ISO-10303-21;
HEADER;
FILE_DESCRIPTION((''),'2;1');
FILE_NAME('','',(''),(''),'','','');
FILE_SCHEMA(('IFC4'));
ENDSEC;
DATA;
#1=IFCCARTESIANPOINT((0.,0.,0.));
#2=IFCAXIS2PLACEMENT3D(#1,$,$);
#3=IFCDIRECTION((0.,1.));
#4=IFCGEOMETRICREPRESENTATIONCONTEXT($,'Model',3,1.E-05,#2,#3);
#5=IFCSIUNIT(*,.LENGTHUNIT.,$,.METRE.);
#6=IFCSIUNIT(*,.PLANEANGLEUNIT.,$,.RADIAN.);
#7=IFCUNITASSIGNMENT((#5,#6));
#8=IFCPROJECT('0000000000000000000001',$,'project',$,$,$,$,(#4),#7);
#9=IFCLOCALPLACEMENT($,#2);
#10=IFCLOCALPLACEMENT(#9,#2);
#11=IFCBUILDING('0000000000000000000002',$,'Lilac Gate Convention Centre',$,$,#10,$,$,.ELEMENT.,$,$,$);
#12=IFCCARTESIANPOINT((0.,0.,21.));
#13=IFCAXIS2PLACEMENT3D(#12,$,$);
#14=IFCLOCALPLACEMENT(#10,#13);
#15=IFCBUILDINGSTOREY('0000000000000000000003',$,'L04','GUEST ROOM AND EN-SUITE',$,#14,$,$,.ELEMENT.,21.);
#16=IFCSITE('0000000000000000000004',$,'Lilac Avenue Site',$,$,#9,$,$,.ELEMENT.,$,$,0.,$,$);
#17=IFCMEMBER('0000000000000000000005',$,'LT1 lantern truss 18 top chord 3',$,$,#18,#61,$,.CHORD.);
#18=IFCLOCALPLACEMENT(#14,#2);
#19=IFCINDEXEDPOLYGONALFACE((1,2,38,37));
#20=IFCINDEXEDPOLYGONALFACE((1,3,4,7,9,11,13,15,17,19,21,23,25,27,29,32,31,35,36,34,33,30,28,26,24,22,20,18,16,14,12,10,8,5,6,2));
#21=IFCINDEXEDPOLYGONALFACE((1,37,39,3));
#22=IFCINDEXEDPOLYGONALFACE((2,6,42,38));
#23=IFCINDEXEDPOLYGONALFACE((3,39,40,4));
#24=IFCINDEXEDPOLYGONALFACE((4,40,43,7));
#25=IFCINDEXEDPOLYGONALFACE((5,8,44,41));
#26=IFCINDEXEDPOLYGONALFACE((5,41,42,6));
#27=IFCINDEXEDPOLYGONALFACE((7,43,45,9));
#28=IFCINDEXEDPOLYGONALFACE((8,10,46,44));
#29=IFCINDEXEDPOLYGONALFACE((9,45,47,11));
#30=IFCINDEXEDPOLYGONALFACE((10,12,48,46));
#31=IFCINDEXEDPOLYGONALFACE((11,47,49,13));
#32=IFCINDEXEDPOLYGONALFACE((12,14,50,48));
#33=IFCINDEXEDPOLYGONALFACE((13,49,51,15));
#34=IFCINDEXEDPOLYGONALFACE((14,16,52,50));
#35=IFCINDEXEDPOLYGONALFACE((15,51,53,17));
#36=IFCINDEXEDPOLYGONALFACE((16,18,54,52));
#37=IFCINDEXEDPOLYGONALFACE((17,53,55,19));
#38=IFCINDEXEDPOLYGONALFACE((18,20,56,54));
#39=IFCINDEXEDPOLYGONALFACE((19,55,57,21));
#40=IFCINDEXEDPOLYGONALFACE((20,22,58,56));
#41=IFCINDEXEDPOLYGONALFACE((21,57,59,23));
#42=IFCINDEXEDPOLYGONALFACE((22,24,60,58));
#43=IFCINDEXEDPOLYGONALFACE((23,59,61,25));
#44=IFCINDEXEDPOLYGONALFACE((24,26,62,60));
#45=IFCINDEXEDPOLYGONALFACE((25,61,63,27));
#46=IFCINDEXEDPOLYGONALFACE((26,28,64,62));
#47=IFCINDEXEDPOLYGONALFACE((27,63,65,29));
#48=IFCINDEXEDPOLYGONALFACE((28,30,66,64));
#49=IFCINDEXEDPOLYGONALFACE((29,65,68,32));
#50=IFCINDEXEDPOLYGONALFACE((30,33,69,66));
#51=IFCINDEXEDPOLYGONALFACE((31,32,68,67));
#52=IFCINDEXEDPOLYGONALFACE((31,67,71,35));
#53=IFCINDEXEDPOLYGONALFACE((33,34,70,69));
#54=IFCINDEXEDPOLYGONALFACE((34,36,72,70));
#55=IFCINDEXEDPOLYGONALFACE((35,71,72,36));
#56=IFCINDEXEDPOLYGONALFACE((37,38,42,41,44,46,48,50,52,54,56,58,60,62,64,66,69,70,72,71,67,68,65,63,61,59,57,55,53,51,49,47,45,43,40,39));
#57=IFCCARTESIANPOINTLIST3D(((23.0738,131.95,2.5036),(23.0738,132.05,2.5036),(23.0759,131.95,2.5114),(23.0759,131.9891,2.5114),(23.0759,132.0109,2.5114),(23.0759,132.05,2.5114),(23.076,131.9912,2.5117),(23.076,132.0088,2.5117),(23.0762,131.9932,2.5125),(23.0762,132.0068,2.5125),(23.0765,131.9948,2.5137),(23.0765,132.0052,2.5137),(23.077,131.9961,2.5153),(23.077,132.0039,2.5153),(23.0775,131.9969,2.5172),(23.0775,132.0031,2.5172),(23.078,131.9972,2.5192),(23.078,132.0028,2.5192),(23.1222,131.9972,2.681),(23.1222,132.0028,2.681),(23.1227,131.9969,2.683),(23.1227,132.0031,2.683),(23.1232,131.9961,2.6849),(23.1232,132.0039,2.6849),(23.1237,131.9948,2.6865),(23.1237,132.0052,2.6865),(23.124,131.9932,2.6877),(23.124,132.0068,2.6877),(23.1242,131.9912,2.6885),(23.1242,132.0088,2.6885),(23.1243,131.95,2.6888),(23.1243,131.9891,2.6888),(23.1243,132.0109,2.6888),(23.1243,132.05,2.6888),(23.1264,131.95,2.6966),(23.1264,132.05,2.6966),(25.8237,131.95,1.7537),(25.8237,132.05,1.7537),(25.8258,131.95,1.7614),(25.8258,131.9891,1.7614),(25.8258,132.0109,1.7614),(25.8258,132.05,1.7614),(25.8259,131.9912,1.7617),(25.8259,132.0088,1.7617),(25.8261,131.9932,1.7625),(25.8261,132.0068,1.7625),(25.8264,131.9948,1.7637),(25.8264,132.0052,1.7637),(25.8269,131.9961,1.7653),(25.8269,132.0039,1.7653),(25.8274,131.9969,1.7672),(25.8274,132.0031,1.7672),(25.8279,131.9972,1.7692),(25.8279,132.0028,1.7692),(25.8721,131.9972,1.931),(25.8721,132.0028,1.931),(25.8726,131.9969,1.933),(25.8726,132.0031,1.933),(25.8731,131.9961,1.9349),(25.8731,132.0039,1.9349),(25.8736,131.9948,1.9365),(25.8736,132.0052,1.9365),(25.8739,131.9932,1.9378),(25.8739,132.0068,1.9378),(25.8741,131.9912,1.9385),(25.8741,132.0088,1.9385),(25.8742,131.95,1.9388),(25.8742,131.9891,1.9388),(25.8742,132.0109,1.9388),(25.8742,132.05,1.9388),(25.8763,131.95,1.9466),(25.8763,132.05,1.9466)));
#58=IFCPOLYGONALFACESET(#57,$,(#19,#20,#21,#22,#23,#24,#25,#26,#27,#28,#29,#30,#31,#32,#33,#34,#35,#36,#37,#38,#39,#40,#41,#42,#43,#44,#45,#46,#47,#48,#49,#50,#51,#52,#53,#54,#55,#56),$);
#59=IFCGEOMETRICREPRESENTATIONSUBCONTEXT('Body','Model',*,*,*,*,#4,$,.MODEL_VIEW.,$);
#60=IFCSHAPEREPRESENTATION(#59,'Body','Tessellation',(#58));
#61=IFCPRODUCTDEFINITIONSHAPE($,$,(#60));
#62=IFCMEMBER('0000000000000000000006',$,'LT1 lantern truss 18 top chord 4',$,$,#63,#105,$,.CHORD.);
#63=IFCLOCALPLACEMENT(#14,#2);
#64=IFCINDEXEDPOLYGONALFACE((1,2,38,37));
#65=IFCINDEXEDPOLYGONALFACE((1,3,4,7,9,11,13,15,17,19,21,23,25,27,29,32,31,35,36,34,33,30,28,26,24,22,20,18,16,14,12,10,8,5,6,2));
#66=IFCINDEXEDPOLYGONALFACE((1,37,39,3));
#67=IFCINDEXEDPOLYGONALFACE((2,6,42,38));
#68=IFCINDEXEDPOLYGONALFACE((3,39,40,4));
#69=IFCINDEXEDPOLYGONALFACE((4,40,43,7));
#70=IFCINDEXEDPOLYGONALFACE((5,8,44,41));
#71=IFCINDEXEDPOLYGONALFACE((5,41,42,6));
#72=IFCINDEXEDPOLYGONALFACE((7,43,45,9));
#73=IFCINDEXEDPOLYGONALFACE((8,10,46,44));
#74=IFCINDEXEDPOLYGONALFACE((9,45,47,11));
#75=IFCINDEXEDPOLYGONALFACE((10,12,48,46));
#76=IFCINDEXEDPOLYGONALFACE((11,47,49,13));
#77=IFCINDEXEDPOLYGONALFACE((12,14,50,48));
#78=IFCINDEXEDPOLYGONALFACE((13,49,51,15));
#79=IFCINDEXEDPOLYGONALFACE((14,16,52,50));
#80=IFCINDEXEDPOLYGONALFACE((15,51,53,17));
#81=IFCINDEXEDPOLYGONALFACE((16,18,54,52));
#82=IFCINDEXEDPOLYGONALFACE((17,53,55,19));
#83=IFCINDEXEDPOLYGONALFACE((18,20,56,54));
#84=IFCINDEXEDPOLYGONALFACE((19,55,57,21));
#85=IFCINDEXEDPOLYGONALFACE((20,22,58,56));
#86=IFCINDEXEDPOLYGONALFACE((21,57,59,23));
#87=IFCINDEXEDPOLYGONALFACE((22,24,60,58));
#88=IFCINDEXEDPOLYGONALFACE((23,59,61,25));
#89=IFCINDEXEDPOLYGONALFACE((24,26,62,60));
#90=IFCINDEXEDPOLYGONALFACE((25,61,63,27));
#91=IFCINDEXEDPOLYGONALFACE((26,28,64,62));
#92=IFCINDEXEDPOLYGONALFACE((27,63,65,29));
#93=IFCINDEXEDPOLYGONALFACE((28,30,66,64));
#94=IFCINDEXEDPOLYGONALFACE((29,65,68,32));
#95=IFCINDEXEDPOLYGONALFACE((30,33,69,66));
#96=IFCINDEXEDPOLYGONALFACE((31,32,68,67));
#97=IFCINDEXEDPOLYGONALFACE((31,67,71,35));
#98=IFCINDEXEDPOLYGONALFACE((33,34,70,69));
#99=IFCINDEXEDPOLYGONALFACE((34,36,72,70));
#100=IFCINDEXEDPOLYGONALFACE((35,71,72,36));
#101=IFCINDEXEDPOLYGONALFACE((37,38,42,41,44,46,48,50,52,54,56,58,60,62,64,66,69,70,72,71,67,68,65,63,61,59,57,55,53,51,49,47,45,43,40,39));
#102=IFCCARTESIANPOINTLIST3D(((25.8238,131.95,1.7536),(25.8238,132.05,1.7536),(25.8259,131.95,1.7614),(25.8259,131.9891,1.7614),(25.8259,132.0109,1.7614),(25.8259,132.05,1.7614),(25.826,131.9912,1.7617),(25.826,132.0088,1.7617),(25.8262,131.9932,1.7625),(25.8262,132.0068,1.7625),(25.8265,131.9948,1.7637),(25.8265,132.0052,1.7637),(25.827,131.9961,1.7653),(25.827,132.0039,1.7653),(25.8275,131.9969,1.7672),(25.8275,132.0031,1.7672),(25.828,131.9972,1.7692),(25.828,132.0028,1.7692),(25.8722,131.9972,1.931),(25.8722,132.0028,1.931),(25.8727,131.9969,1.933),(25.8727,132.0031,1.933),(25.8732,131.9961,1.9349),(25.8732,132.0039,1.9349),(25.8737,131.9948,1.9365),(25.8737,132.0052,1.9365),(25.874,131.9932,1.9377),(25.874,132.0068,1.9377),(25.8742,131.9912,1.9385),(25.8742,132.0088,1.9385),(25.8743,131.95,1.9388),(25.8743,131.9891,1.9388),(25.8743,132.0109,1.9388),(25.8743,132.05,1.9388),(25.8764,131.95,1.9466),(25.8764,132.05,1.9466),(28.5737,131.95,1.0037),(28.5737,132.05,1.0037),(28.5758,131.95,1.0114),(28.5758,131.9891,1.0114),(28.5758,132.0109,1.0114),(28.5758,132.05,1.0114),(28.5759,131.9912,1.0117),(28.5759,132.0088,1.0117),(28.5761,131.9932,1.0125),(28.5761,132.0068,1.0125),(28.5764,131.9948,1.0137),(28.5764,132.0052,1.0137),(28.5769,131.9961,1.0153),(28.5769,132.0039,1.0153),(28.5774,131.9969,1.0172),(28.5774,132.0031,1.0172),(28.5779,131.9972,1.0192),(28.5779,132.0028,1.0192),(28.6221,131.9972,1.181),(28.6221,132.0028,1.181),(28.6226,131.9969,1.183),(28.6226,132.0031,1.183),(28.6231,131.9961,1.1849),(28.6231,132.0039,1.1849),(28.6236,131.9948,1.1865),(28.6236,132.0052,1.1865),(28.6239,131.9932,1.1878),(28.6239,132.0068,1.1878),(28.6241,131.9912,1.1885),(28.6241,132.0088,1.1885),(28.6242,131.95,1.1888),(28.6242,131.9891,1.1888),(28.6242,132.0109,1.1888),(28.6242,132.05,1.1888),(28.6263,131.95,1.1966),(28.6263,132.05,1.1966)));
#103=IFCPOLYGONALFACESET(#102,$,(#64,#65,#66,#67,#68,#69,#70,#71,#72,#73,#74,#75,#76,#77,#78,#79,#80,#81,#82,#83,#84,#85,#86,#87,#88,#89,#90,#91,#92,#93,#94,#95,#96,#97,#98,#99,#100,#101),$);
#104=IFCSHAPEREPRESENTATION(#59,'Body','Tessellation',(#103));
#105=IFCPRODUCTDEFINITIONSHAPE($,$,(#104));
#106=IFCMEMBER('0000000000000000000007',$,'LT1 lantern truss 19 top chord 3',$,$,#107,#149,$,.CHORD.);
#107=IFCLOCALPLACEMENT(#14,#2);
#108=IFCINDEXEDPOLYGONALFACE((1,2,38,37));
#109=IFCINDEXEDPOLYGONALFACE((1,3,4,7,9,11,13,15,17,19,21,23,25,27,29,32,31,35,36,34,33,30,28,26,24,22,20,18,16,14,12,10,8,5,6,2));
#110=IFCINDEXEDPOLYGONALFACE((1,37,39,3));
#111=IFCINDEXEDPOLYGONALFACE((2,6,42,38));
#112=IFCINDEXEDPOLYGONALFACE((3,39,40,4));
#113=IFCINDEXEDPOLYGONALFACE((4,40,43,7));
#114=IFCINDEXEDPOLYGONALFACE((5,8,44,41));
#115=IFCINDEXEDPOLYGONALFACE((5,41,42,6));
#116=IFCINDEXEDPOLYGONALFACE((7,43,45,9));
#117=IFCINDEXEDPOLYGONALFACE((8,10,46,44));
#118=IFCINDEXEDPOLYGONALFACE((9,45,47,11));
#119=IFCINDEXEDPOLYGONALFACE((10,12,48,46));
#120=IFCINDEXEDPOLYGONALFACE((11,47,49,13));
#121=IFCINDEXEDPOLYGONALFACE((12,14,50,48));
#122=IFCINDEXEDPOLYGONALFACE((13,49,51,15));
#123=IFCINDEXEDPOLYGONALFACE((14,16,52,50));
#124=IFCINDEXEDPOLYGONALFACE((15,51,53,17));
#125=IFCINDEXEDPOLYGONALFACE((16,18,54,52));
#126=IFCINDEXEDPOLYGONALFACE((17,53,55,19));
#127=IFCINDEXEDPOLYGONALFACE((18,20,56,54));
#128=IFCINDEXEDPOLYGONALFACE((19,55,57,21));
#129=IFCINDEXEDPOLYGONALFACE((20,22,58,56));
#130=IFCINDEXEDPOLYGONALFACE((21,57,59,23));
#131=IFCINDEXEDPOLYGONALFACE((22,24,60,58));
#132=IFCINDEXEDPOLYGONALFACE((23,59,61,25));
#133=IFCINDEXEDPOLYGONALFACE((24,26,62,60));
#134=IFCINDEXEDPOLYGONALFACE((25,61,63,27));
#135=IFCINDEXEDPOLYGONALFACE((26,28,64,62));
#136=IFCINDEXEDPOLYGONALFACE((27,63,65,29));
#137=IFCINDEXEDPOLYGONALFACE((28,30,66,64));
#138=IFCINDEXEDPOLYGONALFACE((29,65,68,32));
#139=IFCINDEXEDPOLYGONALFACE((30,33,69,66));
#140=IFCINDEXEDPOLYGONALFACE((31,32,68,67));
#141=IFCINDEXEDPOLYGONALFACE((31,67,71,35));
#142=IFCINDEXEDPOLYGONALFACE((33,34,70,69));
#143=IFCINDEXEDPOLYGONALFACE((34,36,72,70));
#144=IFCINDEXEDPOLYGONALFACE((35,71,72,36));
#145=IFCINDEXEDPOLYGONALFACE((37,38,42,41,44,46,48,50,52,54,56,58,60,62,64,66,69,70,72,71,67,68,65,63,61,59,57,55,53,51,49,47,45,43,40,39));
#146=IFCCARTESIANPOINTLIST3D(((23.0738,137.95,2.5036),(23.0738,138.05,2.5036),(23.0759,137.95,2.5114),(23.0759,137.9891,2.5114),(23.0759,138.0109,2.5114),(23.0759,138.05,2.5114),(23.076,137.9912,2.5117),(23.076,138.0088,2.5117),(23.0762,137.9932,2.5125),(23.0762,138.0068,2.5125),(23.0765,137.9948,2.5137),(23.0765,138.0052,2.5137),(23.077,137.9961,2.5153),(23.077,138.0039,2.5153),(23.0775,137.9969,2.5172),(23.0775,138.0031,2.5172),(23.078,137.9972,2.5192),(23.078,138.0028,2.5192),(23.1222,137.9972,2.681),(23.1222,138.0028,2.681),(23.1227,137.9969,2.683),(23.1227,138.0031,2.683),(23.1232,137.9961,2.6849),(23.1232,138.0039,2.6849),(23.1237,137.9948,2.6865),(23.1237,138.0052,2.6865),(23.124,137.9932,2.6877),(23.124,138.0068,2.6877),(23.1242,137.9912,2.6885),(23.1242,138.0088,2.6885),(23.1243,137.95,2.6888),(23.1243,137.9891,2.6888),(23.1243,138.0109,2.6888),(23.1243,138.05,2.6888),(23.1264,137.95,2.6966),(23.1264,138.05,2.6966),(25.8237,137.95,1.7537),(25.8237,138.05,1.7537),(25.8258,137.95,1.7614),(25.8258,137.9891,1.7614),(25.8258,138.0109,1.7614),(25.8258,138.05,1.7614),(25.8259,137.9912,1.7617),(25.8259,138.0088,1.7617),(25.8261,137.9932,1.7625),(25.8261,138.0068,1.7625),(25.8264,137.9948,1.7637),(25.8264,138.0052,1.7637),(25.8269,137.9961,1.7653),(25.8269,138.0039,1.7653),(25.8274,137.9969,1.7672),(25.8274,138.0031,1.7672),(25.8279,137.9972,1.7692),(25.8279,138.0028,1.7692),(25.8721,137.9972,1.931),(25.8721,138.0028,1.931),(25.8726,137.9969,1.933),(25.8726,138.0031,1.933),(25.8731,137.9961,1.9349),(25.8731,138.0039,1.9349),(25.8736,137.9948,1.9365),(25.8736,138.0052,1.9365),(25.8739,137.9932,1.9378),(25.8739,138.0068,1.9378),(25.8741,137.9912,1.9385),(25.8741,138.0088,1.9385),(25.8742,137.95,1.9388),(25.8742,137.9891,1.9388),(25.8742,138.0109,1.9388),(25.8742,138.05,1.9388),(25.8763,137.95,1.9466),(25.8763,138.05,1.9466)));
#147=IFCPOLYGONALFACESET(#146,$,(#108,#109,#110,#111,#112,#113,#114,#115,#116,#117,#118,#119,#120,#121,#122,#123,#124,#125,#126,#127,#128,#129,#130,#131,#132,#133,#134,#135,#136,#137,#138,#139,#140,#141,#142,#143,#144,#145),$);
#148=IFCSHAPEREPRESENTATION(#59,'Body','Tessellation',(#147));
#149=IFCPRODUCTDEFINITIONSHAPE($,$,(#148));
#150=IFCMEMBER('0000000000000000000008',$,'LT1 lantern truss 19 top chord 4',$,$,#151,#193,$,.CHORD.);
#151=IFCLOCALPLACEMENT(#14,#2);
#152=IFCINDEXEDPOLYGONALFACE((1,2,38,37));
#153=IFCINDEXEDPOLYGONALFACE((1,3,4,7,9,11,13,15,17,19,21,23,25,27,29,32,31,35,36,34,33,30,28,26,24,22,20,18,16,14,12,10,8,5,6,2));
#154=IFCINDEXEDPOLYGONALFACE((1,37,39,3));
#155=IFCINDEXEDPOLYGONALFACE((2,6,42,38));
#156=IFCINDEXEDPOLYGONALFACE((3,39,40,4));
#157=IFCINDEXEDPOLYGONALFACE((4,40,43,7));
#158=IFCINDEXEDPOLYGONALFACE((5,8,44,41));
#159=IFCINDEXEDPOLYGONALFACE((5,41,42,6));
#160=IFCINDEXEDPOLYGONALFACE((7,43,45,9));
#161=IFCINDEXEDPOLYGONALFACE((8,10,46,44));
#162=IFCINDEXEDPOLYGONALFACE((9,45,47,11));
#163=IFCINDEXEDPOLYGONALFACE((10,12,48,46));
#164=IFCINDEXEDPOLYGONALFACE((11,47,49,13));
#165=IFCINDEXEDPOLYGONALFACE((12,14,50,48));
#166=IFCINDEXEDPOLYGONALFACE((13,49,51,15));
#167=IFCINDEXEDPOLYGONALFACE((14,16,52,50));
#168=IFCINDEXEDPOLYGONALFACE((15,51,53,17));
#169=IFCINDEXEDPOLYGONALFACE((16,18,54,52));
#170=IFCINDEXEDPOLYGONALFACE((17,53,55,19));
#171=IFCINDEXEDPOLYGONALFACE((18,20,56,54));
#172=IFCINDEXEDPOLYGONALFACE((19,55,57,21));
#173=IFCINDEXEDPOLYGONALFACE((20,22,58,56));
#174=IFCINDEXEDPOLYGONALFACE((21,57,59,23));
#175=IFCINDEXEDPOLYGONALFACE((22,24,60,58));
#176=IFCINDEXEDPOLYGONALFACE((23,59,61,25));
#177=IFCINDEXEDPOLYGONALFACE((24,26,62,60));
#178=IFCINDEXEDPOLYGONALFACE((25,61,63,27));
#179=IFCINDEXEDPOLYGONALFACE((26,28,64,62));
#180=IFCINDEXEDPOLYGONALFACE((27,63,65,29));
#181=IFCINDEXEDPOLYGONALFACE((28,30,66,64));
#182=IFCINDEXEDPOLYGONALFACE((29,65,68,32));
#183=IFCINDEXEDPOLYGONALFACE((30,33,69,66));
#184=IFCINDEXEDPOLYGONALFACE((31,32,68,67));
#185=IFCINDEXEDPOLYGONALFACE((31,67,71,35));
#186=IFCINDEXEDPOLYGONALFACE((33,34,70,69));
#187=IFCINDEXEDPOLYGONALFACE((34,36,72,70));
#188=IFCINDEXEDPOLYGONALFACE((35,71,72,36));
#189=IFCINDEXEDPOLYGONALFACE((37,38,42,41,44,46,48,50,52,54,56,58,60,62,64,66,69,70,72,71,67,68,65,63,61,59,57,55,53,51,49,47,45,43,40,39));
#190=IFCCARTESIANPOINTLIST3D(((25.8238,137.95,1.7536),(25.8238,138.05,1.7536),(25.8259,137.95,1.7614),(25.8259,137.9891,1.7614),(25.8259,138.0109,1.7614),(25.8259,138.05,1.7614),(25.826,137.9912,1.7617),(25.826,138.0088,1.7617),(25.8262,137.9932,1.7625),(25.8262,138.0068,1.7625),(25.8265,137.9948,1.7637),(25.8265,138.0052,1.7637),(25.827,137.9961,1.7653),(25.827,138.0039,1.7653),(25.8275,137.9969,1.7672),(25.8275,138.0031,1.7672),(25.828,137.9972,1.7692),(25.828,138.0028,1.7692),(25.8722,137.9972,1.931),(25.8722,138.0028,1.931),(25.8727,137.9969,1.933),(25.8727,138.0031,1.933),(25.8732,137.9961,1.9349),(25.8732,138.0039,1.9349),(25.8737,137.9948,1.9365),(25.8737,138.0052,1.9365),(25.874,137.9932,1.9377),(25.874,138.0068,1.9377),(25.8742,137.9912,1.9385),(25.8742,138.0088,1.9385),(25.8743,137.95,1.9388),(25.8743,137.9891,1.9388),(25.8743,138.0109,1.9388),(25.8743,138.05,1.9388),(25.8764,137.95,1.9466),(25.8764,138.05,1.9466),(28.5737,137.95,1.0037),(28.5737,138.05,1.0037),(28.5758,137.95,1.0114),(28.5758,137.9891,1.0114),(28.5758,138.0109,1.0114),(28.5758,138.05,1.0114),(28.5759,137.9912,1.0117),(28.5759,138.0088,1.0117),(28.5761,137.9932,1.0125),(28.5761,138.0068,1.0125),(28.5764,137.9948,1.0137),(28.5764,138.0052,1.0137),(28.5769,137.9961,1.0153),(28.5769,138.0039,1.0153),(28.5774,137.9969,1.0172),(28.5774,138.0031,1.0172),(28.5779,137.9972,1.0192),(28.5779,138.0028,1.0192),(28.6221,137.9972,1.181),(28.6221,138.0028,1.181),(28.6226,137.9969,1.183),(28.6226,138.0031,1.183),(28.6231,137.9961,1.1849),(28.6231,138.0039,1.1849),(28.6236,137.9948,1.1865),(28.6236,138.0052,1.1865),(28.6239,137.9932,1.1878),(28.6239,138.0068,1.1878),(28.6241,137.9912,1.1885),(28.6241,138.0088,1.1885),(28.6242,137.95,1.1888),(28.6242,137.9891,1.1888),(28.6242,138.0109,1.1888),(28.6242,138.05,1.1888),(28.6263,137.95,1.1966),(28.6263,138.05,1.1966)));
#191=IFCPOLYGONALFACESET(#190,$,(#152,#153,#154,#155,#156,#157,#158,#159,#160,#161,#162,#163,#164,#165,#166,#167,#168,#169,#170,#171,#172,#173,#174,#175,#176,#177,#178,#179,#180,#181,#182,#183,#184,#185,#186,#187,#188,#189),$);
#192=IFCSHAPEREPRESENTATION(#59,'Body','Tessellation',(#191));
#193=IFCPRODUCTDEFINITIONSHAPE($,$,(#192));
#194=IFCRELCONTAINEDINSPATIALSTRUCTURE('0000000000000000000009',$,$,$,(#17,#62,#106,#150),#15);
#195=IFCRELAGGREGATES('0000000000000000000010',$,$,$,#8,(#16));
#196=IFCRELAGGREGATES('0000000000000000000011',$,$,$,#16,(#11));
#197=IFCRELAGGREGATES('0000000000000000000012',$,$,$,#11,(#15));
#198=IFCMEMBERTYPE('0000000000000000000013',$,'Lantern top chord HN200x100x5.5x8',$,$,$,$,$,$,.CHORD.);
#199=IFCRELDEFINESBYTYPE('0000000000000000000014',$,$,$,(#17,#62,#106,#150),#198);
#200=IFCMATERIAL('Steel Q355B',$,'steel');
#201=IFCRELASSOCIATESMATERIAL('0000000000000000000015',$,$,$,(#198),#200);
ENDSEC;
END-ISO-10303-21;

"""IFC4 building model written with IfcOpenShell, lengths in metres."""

from ifc_helpers import new_model, si_unit, direction, frame, origin, origin_2d, place, context, subcontext, project, spatial, i_section, extrude, material, material_profile, profile_set, type_object, element, save


model = new_model("IFC4")

# Units and contexts
model_context = context("Model", 3, precision=1e-05, world=origin(), true_north=direction((0.0, 1.0)))
body_context = subcontext(model_context, "Body", "Model", "MODEL_VIEW")
ifc_project = project(units=[si_unit("LENGTHUNIT", "METRE"), si_unit("PLANEANGLEUNIT", "RADIAN")], contexts=[model_context])

# Site, building, storey
site_placement = place(None, origin())
site = spatial("IfcSite", under=ifc_project, at=site_placement, Name="Lilac Avenue Site", CompositionType="ELEMENT", RefElevation=0.0)
building_placement = place(site_placement, origin())
building = spatial("IfcBuilding", under=site, at=building_placement, Name="Lilac Gate Convention Centre", CompositionType="ELEMENT")
storey_placement = place(building_placement, frame((0.0, 0.0, 21.0)))
storey = spatial("IfcBuildingStorey", under=building, at=storey_placement, Name="L04", Description="GUEST ROOM AND EN-SUITE", CompositionType="ELEMENT", Elevation=21.0)

# Members
ifc_material_1 = material(Name="Steel Q355B", Category="steel")
ifc_material_profile_1 = material_profile(ifc_material_1, i_section(OverallWidth=0.1001, OverallDepth=0.2, WebThickness=0.0056, FlangeThickness=0.0081, FilletRadius=0.0081, at=origin_2d()), Name="HN200x100x5.5x8")
ifc_profile_set_1 = profile_set([ifc_material_profile_1], Name="Steel Q355B")
member_type_1 = type_object("IfcMemberType", Name="Lantern top chord HN200x100x5.5x8", PredefinedType="CHORD", material=ifc_profile_set_1)
for number, where, z_axis, x_axis, name in (
    (1, (23.1001, 132.0, 2.6001), (0.964764, 0.0, -0.263117), (0.0, 1.0, 0.0), "LT1 lantern truss 18 top chord 3"),
    (2, (25.8501, 132.0, 1.8501), (0.964764, 0.0, -0.263117), (0.0, 1.0, 0.0), "LT1 lantern truss 18 top chord 4"),
    (3, (23.1001, 138.0, 2.6001), (0.964764, 0.0, -0.263117), (0.0, 1.0, 0.0), "LT1 lantern truss 19 top chord 3"),
    (4, (25.8501, 138.0, 1.8501), (0.964764, 0.0, -0.263117), (0.0, 1.0, 0.0), "LT1 lantern truss 19 top chord 4"),
):
    element("IfcMember", number, at=place(storey_placement, frame(where, z_axis=z_axis, x_axis=x_axis)), inside=storey, type_object=member_type_1, Name=name, PredefinedType="CHORD", context=body_context, shape_type="SweptSolid", body=[
        extrude(i_section(OverallWidth=0.1001, OverallDepth=0.2, WebThickness=0.0056, FlangeThickness=0.0081, FilletRadius=0.0081, at=origin_2d()), origin(), (0.0, 0.0, 1.0), 2.8503),
    ])

save(model, "model.ifc")
